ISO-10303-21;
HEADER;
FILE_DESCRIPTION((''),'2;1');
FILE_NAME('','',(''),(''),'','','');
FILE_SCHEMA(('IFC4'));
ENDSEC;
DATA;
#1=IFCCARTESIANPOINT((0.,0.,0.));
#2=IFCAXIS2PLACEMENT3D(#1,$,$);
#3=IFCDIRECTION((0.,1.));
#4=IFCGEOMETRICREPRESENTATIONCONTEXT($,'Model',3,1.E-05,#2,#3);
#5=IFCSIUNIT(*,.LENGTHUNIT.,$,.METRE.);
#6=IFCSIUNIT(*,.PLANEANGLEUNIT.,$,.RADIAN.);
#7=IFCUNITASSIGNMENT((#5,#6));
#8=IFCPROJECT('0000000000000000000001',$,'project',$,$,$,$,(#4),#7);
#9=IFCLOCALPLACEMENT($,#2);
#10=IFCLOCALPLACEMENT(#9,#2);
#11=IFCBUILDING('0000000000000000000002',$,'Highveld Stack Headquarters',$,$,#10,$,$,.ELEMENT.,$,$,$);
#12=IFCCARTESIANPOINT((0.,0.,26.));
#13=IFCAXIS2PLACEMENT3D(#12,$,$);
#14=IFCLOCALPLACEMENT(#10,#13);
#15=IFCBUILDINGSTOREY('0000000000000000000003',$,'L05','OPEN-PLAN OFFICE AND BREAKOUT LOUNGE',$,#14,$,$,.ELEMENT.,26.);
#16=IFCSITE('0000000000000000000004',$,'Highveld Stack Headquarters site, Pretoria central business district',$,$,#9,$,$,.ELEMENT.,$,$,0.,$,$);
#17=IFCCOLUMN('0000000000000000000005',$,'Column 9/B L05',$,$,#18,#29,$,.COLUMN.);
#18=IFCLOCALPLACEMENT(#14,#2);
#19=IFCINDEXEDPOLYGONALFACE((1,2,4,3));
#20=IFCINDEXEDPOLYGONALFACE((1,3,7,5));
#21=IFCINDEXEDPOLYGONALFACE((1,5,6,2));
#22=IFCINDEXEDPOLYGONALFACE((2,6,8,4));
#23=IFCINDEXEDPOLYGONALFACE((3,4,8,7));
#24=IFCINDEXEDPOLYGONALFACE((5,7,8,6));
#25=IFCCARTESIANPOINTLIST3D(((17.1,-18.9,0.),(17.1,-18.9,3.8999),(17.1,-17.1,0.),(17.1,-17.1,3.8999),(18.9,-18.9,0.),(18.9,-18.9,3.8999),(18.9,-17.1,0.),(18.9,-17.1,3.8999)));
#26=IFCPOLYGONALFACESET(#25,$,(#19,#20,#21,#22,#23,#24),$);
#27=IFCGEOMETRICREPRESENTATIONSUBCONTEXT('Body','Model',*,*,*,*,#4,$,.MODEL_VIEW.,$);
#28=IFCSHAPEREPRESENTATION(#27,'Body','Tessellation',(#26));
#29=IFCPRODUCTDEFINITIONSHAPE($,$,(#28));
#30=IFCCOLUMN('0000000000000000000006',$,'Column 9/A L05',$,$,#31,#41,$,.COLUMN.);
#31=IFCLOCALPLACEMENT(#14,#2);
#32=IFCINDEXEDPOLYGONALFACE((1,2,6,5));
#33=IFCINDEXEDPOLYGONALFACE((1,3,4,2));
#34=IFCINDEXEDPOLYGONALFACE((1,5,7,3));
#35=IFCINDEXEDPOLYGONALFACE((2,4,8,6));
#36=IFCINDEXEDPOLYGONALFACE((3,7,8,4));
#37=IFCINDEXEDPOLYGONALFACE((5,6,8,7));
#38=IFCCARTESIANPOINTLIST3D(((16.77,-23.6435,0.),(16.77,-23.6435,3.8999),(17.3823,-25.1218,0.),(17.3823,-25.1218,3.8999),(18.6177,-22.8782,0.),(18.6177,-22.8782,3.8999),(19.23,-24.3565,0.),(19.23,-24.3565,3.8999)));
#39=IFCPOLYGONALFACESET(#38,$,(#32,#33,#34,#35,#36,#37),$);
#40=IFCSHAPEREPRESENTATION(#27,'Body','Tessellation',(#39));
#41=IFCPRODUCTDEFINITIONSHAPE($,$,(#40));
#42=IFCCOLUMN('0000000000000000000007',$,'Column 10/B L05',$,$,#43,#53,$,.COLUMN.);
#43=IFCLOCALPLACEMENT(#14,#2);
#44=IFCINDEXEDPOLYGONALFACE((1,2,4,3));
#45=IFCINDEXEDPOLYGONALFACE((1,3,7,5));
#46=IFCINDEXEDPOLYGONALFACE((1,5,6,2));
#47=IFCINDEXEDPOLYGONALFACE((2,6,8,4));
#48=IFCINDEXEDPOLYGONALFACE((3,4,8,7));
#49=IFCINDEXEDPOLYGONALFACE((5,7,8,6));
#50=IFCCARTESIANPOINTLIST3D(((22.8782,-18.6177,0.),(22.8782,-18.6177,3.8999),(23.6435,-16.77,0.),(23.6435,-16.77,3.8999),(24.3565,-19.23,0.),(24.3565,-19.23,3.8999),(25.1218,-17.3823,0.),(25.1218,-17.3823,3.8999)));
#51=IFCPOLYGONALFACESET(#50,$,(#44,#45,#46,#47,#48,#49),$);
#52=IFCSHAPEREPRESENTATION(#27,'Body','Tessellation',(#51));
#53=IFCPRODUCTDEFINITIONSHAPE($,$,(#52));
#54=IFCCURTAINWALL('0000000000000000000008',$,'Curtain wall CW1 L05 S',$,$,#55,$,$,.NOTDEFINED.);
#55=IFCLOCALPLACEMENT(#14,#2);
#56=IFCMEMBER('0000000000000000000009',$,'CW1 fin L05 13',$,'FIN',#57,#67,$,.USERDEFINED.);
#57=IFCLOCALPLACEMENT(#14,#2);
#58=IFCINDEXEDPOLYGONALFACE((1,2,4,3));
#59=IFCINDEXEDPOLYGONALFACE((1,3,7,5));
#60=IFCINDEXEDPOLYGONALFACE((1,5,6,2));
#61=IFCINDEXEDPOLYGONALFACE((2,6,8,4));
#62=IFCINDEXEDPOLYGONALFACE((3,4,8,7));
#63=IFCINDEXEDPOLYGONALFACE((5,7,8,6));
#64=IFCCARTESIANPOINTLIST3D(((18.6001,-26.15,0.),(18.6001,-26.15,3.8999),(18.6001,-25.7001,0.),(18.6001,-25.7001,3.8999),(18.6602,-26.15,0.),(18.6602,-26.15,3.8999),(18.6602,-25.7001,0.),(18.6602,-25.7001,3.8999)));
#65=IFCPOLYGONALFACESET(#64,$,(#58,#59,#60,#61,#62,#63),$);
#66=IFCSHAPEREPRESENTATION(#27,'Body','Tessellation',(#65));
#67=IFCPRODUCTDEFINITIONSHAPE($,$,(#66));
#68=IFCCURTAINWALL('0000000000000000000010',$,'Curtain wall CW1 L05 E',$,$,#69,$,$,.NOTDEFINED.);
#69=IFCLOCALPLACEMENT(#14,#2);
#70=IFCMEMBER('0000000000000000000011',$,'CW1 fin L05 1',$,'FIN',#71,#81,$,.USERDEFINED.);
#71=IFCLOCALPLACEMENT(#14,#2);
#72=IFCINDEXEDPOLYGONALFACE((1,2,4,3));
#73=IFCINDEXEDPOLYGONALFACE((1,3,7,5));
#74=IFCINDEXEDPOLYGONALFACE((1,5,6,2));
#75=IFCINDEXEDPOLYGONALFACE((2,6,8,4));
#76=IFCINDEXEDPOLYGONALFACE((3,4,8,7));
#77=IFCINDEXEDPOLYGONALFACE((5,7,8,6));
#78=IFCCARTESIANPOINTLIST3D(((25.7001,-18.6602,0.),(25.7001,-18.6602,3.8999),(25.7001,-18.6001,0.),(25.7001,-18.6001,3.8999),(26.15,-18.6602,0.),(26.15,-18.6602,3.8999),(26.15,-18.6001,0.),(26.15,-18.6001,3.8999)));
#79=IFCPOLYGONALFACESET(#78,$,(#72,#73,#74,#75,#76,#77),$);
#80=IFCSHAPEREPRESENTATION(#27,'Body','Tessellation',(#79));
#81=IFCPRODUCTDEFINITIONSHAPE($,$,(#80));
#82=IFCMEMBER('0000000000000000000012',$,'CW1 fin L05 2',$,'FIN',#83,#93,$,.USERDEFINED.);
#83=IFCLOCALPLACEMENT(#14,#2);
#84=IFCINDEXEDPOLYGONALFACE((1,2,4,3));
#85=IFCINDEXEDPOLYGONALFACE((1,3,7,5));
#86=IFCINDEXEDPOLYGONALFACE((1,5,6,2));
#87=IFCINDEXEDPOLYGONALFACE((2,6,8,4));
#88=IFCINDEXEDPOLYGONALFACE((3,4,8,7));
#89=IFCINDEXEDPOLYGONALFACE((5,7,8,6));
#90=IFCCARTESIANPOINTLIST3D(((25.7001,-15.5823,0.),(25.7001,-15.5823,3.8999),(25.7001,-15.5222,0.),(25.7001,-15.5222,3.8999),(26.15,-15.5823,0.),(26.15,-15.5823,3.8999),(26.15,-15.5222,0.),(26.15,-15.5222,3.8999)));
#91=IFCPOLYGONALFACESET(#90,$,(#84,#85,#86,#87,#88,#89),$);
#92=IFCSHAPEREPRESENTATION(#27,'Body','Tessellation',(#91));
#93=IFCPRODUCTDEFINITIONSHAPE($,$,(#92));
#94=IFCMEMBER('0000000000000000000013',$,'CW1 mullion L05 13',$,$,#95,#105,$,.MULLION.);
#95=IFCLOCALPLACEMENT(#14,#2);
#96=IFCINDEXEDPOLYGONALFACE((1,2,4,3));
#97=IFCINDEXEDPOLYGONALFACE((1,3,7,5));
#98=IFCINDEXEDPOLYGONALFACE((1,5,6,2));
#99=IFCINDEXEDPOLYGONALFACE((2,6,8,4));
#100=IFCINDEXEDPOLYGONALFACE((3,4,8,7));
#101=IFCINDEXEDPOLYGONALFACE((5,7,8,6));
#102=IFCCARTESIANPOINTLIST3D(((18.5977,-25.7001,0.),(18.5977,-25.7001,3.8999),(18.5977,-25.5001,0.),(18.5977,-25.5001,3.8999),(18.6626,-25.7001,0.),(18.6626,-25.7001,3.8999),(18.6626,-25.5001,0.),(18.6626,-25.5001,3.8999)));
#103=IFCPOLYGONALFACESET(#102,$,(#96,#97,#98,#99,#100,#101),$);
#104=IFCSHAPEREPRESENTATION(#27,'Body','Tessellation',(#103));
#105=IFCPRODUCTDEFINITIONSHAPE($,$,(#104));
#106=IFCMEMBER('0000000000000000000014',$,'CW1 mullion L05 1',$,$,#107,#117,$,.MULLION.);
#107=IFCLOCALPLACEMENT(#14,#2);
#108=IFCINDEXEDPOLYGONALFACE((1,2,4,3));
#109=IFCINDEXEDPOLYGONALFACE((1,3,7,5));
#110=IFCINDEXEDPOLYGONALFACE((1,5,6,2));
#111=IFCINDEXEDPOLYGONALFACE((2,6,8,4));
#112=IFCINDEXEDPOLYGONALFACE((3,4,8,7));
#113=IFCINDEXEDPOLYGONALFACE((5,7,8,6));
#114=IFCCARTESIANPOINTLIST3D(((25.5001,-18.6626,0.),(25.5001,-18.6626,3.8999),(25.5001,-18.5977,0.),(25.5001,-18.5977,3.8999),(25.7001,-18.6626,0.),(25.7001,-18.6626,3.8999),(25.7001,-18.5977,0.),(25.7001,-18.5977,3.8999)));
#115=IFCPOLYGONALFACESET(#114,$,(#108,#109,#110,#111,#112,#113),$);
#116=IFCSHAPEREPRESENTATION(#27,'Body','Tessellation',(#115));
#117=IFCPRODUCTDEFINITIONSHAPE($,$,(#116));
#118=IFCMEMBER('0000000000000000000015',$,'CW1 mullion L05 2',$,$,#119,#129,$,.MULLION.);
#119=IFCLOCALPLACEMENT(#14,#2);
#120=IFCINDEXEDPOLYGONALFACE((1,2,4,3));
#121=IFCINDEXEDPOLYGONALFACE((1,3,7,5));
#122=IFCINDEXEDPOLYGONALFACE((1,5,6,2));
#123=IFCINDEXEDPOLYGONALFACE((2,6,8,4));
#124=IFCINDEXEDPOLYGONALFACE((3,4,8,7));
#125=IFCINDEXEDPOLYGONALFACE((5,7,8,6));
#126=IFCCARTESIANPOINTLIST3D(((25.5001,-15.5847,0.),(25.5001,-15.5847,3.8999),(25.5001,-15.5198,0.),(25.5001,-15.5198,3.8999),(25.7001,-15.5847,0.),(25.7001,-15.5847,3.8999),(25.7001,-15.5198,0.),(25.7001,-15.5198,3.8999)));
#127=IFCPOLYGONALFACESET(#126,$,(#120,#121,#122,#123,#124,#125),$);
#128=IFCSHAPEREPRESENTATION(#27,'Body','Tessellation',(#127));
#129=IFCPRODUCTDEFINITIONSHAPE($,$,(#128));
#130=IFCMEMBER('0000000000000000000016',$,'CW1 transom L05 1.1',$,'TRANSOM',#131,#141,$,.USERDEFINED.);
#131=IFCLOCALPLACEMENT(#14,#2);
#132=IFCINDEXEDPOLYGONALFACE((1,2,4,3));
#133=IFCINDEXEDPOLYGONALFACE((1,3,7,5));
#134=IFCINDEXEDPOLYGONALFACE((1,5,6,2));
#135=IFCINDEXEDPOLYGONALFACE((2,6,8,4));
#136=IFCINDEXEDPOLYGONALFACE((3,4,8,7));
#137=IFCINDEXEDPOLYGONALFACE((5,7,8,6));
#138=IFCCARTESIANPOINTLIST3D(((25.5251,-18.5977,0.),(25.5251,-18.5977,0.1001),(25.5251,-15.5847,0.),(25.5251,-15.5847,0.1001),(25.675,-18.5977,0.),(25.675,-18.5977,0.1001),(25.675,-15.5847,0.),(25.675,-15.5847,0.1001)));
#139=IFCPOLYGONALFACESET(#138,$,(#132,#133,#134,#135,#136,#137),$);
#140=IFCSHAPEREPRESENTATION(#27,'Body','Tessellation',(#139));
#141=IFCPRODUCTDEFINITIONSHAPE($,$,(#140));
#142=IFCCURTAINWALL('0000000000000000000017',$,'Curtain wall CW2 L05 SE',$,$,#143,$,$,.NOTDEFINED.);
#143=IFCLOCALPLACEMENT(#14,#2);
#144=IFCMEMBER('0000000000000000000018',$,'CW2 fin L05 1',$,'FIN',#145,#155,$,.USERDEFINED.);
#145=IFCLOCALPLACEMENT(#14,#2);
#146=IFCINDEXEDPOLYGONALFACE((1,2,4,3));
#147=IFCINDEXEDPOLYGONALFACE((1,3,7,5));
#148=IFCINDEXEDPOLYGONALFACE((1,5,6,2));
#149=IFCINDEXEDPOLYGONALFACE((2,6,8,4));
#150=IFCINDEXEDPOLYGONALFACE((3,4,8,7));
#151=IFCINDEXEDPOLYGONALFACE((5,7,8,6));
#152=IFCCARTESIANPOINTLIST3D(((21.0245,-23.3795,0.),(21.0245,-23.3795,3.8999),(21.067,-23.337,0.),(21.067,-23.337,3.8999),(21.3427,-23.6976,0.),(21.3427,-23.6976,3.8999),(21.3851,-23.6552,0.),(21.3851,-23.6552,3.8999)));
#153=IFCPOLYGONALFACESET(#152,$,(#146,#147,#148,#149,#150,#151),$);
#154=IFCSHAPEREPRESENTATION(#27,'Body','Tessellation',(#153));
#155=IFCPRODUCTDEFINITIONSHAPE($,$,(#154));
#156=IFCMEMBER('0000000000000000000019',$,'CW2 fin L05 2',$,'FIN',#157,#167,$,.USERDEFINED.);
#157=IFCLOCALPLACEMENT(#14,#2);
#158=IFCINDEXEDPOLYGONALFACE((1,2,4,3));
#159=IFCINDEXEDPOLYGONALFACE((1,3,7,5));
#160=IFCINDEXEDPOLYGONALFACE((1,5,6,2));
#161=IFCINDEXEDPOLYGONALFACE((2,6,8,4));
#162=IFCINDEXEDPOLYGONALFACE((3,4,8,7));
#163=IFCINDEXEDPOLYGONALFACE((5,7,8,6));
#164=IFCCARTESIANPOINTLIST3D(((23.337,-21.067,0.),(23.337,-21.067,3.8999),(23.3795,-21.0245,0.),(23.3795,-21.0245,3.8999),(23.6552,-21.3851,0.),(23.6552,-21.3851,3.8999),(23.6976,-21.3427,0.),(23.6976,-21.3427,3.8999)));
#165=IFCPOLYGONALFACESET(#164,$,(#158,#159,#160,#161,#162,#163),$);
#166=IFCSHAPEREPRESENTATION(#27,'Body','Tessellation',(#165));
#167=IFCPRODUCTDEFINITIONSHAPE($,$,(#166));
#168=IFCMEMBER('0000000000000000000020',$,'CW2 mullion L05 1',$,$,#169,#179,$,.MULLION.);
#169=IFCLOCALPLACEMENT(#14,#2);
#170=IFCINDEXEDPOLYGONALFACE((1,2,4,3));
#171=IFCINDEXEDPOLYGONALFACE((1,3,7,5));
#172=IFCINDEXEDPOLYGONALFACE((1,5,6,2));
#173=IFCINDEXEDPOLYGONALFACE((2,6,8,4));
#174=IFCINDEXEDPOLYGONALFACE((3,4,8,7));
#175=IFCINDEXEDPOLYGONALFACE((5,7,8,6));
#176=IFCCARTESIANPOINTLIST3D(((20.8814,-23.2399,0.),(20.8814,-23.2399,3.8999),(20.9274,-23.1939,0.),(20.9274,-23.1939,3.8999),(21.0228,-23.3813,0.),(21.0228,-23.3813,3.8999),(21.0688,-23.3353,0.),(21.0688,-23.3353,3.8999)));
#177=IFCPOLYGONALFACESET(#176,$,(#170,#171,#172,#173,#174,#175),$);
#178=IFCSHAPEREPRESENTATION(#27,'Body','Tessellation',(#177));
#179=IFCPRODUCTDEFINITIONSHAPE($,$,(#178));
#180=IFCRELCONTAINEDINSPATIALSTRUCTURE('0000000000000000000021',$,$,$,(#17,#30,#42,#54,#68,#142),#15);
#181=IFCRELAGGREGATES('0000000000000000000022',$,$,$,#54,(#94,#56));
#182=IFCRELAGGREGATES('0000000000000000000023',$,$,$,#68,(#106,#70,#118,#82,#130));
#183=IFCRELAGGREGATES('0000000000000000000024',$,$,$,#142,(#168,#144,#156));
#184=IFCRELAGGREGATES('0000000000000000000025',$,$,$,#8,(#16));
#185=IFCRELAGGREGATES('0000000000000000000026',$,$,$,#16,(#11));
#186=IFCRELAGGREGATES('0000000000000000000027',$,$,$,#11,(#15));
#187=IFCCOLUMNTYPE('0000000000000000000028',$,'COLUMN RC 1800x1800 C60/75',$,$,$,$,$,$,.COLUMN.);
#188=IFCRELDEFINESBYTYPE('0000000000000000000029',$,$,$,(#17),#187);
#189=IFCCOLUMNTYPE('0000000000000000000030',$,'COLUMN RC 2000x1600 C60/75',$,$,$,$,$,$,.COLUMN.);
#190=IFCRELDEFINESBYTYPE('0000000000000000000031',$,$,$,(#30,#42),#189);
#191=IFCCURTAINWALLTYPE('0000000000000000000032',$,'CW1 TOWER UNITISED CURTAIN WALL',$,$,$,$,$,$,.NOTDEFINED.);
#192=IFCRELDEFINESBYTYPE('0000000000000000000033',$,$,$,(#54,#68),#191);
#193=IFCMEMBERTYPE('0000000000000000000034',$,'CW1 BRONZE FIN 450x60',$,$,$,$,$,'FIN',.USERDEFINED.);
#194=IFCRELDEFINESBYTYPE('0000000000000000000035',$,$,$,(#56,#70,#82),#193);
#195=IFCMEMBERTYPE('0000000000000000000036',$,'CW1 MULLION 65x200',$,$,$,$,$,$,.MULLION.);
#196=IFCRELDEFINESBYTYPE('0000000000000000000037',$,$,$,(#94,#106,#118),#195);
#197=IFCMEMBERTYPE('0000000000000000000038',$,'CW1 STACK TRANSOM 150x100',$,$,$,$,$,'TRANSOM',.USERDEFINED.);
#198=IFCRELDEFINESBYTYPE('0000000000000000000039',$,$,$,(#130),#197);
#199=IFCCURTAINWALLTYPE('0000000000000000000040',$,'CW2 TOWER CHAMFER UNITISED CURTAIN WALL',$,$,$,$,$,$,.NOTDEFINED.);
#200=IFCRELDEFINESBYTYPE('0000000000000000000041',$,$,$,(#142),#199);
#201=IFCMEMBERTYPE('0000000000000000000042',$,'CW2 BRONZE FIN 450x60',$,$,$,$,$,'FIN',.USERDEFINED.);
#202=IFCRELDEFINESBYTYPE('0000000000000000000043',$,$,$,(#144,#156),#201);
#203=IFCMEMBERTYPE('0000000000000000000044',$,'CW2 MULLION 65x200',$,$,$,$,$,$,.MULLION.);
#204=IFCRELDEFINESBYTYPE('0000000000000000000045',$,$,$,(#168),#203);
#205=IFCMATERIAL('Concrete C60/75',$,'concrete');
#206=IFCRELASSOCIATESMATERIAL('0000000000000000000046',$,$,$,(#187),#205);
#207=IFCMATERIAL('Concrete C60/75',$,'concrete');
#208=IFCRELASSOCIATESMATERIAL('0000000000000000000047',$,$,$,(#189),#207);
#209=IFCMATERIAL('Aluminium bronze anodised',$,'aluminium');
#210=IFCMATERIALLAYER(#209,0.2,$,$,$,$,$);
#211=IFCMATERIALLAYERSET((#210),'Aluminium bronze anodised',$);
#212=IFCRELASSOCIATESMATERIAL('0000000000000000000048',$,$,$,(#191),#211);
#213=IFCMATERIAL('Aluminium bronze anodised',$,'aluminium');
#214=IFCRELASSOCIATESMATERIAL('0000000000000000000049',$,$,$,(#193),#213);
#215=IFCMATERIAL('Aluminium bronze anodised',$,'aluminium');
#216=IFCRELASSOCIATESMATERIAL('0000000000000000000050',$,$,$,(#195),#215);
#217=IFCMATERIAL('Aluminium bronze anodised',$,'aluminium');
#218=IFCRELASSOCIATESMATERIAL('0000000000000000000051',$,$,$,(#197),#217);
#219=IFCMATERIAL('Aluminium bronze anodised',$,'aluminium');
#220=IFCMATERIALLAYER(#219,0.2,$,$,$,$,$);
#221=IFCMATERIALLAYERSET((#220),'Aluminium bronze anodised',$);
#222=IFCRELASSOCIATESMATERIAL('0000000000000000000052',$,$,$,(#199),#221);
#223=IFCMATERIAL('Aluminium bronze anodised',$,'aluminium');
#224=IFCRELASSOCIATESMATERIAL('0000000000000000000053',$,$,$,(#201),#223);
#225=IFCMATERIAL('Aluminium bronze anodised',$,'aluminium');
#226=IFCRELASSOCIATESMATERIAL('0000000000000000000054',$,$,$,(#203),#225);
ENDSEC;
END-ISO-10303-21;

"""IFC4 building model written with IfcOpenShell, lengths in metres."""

from ifc_helpers import new_model, si_unit, direction, frame, origin, origin_2d, place, context, subcontext, project, spatial, rectangle, extrude, material, layer, layer_set, material_profile, profile_set, type_object, element, aggregate, save


model = new_model("IFC4")

# Units and contexts
model_context = context("Model", 3, precision=1e-05, world=origin(), true_north=direction((0.0, 1.0)))
body_context = subcontext(model_context, "Body", "Model", "MODEL_VIEW")
ifc_project = project(units=[si_unit("LENGTHUNIT", "METRE"), si_unit("PLANEANGLEUNIT", "RADIAN")], contexts=[model_context])

# Site, building, storey
site_placement = place(None, origin())
site = spatial("IfcSite", under=ifc_project, at=site_placement, Name="Highveld Stack Headquarters site, Pretoria central business district", CompositionType="ELEMENT", RefElevation=0.0)
building_placement = place(site_placement, origin())
building = spatial("IfcBuilding", under=site, at=building_placement, Name="Highveld Stack Headquarters", CompositionType="ELEMENT")
storey_placement = place(building_placement, frame((0.0, 0.0, 26.0)))
storey = spatial("IfcBuildingStorey", under=building, at=storey_placement, Name="L05", Description="OPEN-PLAN OFFICE AND BREAKOUT LOUNGE", CompositionType="ELEMENT", Elevation=26.0)

# Columns
ifc_material_1 = material(Name="Concrete C60/75", Category="concrete")
ifc_material_profile_1 = material_profile(ifc_material_1, rectangle(XDim=1.8, YDim=1.8, at=origin_2d()), Name="RC 1800x1800")
ifc_profile_set_1 = profile_set([ifc_material_profile_1], Name="Concrete C60/75")
column_type_1 = type_object("IfcColumnType", Name="COLUMN RC 1800x1800 C60/75", PredefinedType="COLUMN", material=ifc_profile_set_1)
column_placement = place(storey_placement, frame((18.0, -18.0, 0.0), z_axis=(0.0, 0.0, 1.0), x_axis=(1.0, 0.0, 0.0)))
element("IfcColumn", 1, at=column_placement, inside=storey, type_object=column_type_1, Name="Column 9/B L05", PredefinedType="COLUMN", context=body_context, shape_type="SweptSolid", body=[
    extrude(rectangle(XDim=1.8, YDim=1.8, at=origin_2d()), origin(), (0.0, 0.0, 1.0), 3.8999),
])
ifc_material_2 = material(Name="Concrete C60/75", Category="concrete")
ifc_material_profile_2 = material_profile(ifc_material_2, rectangle(XDim=2.0, YDim=1.6001, at=origin_2d()), Name="RC 2000x1600")
ifc_profile_set_2 = profile_set([ifc_material_profile_2], Name="Concrete C60/75")
column_type_2 = type_object("IfcColumnType", Name="COLUMN RC 2000x1600 C60/75", PredefinedType="COLUMN", material=ifc_profile_set_2)
for number, where, z_axis, x_axis, name in (
    (2, (18.0, -24.0, 0.0), (0.0, 0.0, 1.0), (-0.92388, -0.382683, 0.0), "Column 9/A L05"),
    (3, (24.0, -18.0, 0.0), (0.0, 0.0, 1.0), (-0.382683, -0.92388, 0.0), "Column 10/B L05"),
):
    element("IfcColumn", number, at=place(storey_placement, frame(where, z_axis=z_axis, x_axis=x_axis)), inside=storey, type_object=column_type_2, Name=name, PredefinedType="COLUMN", context=body_context, shape_type="SweptSolid", body=[
        extrude(rectangle(XDim=2.0, YDim=1.6001, at=origin_2d()), origin(), (0.0, 0.0, 1.0), 3.8999),
    ])

# Curtain wall, member
ifc_material_3 = material(Name="Aluminium bronze anodised", Category="aluminium")
ifc_layer_1 = layer(ifc_material_3, 0.2)
ifc_layer_set_1 = layer_set([ifc_layer_1], Name="Aluminium bronze anodised")
curtain_wall_type_1 = type_object("IfcCurtainWallType", Name="CW1 TOWER UNITISED CURTAIN WALL", PredefinedType="NOTDEFINED", material=ifc_layer_set_1)
curtain_wall_1_placement = place(storey_placement, origin())
curtain_wall_1 = element("IfcCurtainWall", 4, at=curtain_wall_1_placement, inside=storey, type_object=curtain_wall_type_1, Name="Curtain wall CW1 L05 S", PredefinedType="NOTDEFINED")
ifc_material_4 = material(Name="Aluminium bronze anodised", Category="aluminium")
ifc_material_profile_3 = material_profile(ifc_material_4, rectangle(XDim=0.45, YDim=0.0601, at=origin_2d()), Name="FIN 450x60")
ifc_profile_set_3 = profile_set([ifc_material_profile_3], Name="Aluminium bronze anodised")
member_type_1 = type_object("IfcMemberType", Name="CW1 BRONZE FIN 450x60", ElementType="FIN", PredefinedType="USERDEFINED", material=ifc_profile_set_3)
member_1_placement = place(storey_placement, frame((18.6301, -25.925, 0.0), z_axis=(0.0, 0.0, 1.0), x_axis=(0.0, 1.0, 0.0)))
member_1 = element("IfcMember", 5, at=member_1_placement, type_object=member_type_1, Name="CW1 fin L05 13", ObjectType="FIN", PredefinedType="USERDEFINED", context=body_context, shape_type="SweptSolid", body=[
    extrude(rectangle(XDim=0.45, YDim=0.0601, at=origin_2d()), origin(), (0.0, 0.0, 1.0), 3.8999),
])

# Curtain wall, members
curtain_wall_2_placement = place(storey_placement, origin())
curtain_wall_2 = element("IfcCurtainWall", 6, at=curtain_wall_2_placement, inside=storey, type_object=curtain_wall_type_1, Name="Curtain wall CW1 L05 E", PredefinedType="NOTDEFINED")
member_2_placement = place(storey_placement, frame((25.925, -18.6301, 0.0), z_axis=(0.0, 0.0, 1.0), x_axis=(-1.0, 0.0, 0.0)))
member_2 = element("IfcMember", 7, at=member_2_placement, type_object=member_type_1, Name="CW1 fin L05 1", ObjectType="FIN", PredefinedType="USERDEFINED", context=body_context, shape_type="SweptSolid", body=[
    extrude(rectangle(XDim=0.45, YDim=0.0601, at=origin_2d()), origin(), (0.0, 0.0, 1.0), 3.8999),
])
member_3_placement = place(storey_placement, frame((25.925, -15.5522, 0.0), z_axis=(0.0, 0.0, 1.0), x_axis=(-1.0, 0.0, 0.0)))
member_3 = element("IfcMember", 8, at=member_3_placement, type_object=member_type_1, Name="CW1 fin L05 2", ObjectType="FIN", PredefinedType="USERDEFINED", context=body_context, shape_type="SweptSolid", body=[
    extrude(rectangle(XDim=0.45, YDim=0.0601, at=origin_2d()), origin(), (0.0, 0.0, 1.0), 3.8999),
])

# Members
ifc_material_5 = material(Name="Aluminium bronze anodised", Category="aluminium")
ifc_material_profile_4 = material_profile(ifc_material_5, rectangle(XDim=0.2, YDim=0.0649, at=origin_2d()), Name="CW1 MULLION 65x200")
ifc_profile_set_4 = profile_set([ifc_material_profile_4], Name="Aluminium bronze anodised")
member_type_2 = type_object("IfcMemberType", Name="CW1 MULLION 65x200", PredefinedType="MULLION", material=ifc_profile_set_4)
member_4_placement = place(storey_placement, frame((18.6301, -25.6001, 0.0), z_axis=(0.0, 0.0, 1.0), x_axis=(0.0, 1.0, 0.0)))
member_4 = element("IfcMember", 9, at=member_4_placement, type_object=member_type_2, Name="CW1 mullion L05 13", PredefinedType="MULLION", context=body_context, shape_type="SweptSolid", body=[
    extrude(rectangle(XDim=0.2, YDim=0.0649, at=origin_2d()), origin(), (0.0, 0.0, 1.0), 3.8999),
])
member_5_placement = place(storey_placement, frame((25.6001, -18.6301, 0.0), z_axis=(0.0, 0.0, 1.0), x_axis=(-1.0, 0.0, 0.0)))
member_5 = element("IfcMember", 10, at=member_5_placement, type_object=member_type_2, Name="CW1 mullion L05 1", PredefinedType="MULLION", context=body_context, shape_type="SweptSolid", body=[
    extrude(rectangle(XDim=0.2, YDim=0.0649, at=origin_2d()), origin(), (0.0, 0.0, 1.0), 3.8999),
])
member_6_placement = place(storey_placement, frame((25.6001, -15.5522, 0.0), z_axis=(0.0, 0.0, 1.0), x_axis=(-1.0, 0.0, 0.0)))
member_6 = element("IfcMember", 11, at=member_6_placement, type_object=member_type_2, Name="CW1 mullion L05 2", PredefinedType="MULLION", context=body_context, shape_type="SweptSolid", body=[
    extrude(rectangle(XDim=0.2, YDim=0.0649, at=origin_2d()), origin(), (0.0, 0.0, 1.0), 3.8999),
])
ifc_material_6 = material(Name="Aluminium bronze anodised", Category="aluminium")
ifc_material_profile_5 = material_profile(ifc_material_6, rectangle(XDim=0.1499, YDim=0.1001, at=origin_2d()), Name="CW1 TRANSOM 150x100")
ifc_profile_set_5 = profile_set([ifc_material_profile_5], Name="Aluminium bronze anodised")
member_type_3 = type_object("IfcMemberType", Name="CW1 STACK TRANSOM 150x100", ElementType="TRANSOM", PredefinedType="USERDEFINED", material=ifc_profile_set_5)
member_7_placement = place(storey_placement, frame((25.6001, -18.5977, 0.05), z_axis=(0.0, 1.0, 0.0), x_axis=(-1.0, 0.0, 0.0)))
member_7 = element("IfcMember", 12, at=member_7_placement, type_object=member_type_3, Name="CW1 transom L05 1.1", ObjectType="TRANSOM", PredefinedType="USERDEFINED", context=body_context, shape_type="SweptSolid", body=[
    extrude(rectangle(XDim=0.1499, YDim=0.1001, at=origin_2d()), origin(), (0.0, 0.0, 1.0), 3.0129),
])

# Curtain wall, members
ifc_material_7 = material(Name="Aluminium bronze anodised", Category="aluminium")
ifc_layer_2 = layer(ifc_material_7, 0.2)
ifc_layer_set_2 = layer_set([ifc_layer_2], Name="Aluminium bronze anodised")
curtain_wall_type_2 = type_object("IfcCurtainWallType", Name="CW2 TOWER CHAMFER UNITISED CURTAIN WALL", PredefinedType="NOTDEFINED", material=ifc_layer_set_2)
curtain_wall_3_placement = place(storey_placement, origin())
curtain_wall_3 = element("IfcCurtainWall", 13, at=curtain_wall_3_placement, inside=storey, type_object=curtain_wall_type_2, Name="Curtain wall CW2 L05 SE", PredefinedType="NOTDEFINED")
ifc_material_8 = material(Name="Aluminium bronze anodised", Category="aluminium")
ifc_material_profile_6 = material_profile(ifc_material_8, rectangle(XDim=0.45, YDim=0.0601, at=origin_2d()), Name="FIN 450x60")
ifc_profile_set_6 = profile_set([ifc_material_profile_6], Name="Aluminium bronze anodised")
member_type_4 = type_object("IfcMemberType", Name="CW2 BRONZE FIN 450x60", ElementType="FIN", PredefinedType="USERDEFINED", material=ifc_profile_set_6)
member_8_placement = place(storey_placement, frame((21.2048, -23.5173, 0.0), z_axis=(0.0, 0.0, 1.0), x_axis=(-0.707107, 0.707107, 0.0)))
member_8 = element("IfcMember", 14, at=member_8_placement, type_object=member_type_4, Name="CW2 fin L05 1", ObjectType="FIN", PredefinedType="USERDEFINED", context=body_context, shape_type="SweptSolid", body=[
    extrude(rectangle(XDim=0.45, YDim=0.0601, at=origin_2d()), origin(), (0.0, 0.0, 1.0), 3.8999),
])
member_9_placement = place(storey_placement, frame((23.5173, -21.2048, 0.0), z_axis=(0.0, 0.0, 1.0), x_axis=(-0.707107, 0.707107, 0.0)))
member_9 = element("IfcMember", 15, at=member_9_placement, type_object=member_type_4, Name="CW2 fin L05 2", ObjectType="FIN", PredefinedType="USERDEFINED", context=body_context, shape_type="SweptSolid", body=[
    extrude(rectangle(XDim=0.45, YDim=0.0601, at=origin_2d()), origin(), (0.0, 0.0, 1.0), 3.8999),
])
ifc_material_9 = material(Name="Aluminium bronze anodised", Category="aluminium")
ifc_material_profile_7 = material_profile(ifc_material_9, rectangle(XDim=0.2, YDim=0.0649, at=origin_2d()), Name="CW2 MULLION 65x200")
ifc_profile_set_7 = profile_set([ifc_material_profile_7], Name="Aluminium bronze anodised")
member_type_5 = type_object("IfcMemberType", Name="CW2 MULLION 65x200", PredefinedType="MULLION", material=ifc_profile_set_7)
member_10_placement = place(storey_placement, frame((20.9751, -23.2876, 0.0), z_axis=(0.0, 0.0, 1.0), x_axis=(-0.707107, 0.707107, 0.0)))
member_10 = element("IfcMember", 16, at=member_10_placement, type_object=member_type_5, Name="CW2 mullion L05 1", PredefinedType="MULLION", context=body_context, shape_type="SweptSolid", body=[
    extrude(rectangle(XDim=0.2, YDim=0.0649, at=origin_2d()), origin(), (0.0, 0.0, 1.0), 3.8999),
])

aggregate(curtain_wall_1, [member_4, member_1])
aggregate(curtain_wall_2, [member_5, member_2, member_6, member_3, member_7])
aggregate(curtain_wall_3, [member_10, member_8, member_9])

save(model, "model.ifc")
